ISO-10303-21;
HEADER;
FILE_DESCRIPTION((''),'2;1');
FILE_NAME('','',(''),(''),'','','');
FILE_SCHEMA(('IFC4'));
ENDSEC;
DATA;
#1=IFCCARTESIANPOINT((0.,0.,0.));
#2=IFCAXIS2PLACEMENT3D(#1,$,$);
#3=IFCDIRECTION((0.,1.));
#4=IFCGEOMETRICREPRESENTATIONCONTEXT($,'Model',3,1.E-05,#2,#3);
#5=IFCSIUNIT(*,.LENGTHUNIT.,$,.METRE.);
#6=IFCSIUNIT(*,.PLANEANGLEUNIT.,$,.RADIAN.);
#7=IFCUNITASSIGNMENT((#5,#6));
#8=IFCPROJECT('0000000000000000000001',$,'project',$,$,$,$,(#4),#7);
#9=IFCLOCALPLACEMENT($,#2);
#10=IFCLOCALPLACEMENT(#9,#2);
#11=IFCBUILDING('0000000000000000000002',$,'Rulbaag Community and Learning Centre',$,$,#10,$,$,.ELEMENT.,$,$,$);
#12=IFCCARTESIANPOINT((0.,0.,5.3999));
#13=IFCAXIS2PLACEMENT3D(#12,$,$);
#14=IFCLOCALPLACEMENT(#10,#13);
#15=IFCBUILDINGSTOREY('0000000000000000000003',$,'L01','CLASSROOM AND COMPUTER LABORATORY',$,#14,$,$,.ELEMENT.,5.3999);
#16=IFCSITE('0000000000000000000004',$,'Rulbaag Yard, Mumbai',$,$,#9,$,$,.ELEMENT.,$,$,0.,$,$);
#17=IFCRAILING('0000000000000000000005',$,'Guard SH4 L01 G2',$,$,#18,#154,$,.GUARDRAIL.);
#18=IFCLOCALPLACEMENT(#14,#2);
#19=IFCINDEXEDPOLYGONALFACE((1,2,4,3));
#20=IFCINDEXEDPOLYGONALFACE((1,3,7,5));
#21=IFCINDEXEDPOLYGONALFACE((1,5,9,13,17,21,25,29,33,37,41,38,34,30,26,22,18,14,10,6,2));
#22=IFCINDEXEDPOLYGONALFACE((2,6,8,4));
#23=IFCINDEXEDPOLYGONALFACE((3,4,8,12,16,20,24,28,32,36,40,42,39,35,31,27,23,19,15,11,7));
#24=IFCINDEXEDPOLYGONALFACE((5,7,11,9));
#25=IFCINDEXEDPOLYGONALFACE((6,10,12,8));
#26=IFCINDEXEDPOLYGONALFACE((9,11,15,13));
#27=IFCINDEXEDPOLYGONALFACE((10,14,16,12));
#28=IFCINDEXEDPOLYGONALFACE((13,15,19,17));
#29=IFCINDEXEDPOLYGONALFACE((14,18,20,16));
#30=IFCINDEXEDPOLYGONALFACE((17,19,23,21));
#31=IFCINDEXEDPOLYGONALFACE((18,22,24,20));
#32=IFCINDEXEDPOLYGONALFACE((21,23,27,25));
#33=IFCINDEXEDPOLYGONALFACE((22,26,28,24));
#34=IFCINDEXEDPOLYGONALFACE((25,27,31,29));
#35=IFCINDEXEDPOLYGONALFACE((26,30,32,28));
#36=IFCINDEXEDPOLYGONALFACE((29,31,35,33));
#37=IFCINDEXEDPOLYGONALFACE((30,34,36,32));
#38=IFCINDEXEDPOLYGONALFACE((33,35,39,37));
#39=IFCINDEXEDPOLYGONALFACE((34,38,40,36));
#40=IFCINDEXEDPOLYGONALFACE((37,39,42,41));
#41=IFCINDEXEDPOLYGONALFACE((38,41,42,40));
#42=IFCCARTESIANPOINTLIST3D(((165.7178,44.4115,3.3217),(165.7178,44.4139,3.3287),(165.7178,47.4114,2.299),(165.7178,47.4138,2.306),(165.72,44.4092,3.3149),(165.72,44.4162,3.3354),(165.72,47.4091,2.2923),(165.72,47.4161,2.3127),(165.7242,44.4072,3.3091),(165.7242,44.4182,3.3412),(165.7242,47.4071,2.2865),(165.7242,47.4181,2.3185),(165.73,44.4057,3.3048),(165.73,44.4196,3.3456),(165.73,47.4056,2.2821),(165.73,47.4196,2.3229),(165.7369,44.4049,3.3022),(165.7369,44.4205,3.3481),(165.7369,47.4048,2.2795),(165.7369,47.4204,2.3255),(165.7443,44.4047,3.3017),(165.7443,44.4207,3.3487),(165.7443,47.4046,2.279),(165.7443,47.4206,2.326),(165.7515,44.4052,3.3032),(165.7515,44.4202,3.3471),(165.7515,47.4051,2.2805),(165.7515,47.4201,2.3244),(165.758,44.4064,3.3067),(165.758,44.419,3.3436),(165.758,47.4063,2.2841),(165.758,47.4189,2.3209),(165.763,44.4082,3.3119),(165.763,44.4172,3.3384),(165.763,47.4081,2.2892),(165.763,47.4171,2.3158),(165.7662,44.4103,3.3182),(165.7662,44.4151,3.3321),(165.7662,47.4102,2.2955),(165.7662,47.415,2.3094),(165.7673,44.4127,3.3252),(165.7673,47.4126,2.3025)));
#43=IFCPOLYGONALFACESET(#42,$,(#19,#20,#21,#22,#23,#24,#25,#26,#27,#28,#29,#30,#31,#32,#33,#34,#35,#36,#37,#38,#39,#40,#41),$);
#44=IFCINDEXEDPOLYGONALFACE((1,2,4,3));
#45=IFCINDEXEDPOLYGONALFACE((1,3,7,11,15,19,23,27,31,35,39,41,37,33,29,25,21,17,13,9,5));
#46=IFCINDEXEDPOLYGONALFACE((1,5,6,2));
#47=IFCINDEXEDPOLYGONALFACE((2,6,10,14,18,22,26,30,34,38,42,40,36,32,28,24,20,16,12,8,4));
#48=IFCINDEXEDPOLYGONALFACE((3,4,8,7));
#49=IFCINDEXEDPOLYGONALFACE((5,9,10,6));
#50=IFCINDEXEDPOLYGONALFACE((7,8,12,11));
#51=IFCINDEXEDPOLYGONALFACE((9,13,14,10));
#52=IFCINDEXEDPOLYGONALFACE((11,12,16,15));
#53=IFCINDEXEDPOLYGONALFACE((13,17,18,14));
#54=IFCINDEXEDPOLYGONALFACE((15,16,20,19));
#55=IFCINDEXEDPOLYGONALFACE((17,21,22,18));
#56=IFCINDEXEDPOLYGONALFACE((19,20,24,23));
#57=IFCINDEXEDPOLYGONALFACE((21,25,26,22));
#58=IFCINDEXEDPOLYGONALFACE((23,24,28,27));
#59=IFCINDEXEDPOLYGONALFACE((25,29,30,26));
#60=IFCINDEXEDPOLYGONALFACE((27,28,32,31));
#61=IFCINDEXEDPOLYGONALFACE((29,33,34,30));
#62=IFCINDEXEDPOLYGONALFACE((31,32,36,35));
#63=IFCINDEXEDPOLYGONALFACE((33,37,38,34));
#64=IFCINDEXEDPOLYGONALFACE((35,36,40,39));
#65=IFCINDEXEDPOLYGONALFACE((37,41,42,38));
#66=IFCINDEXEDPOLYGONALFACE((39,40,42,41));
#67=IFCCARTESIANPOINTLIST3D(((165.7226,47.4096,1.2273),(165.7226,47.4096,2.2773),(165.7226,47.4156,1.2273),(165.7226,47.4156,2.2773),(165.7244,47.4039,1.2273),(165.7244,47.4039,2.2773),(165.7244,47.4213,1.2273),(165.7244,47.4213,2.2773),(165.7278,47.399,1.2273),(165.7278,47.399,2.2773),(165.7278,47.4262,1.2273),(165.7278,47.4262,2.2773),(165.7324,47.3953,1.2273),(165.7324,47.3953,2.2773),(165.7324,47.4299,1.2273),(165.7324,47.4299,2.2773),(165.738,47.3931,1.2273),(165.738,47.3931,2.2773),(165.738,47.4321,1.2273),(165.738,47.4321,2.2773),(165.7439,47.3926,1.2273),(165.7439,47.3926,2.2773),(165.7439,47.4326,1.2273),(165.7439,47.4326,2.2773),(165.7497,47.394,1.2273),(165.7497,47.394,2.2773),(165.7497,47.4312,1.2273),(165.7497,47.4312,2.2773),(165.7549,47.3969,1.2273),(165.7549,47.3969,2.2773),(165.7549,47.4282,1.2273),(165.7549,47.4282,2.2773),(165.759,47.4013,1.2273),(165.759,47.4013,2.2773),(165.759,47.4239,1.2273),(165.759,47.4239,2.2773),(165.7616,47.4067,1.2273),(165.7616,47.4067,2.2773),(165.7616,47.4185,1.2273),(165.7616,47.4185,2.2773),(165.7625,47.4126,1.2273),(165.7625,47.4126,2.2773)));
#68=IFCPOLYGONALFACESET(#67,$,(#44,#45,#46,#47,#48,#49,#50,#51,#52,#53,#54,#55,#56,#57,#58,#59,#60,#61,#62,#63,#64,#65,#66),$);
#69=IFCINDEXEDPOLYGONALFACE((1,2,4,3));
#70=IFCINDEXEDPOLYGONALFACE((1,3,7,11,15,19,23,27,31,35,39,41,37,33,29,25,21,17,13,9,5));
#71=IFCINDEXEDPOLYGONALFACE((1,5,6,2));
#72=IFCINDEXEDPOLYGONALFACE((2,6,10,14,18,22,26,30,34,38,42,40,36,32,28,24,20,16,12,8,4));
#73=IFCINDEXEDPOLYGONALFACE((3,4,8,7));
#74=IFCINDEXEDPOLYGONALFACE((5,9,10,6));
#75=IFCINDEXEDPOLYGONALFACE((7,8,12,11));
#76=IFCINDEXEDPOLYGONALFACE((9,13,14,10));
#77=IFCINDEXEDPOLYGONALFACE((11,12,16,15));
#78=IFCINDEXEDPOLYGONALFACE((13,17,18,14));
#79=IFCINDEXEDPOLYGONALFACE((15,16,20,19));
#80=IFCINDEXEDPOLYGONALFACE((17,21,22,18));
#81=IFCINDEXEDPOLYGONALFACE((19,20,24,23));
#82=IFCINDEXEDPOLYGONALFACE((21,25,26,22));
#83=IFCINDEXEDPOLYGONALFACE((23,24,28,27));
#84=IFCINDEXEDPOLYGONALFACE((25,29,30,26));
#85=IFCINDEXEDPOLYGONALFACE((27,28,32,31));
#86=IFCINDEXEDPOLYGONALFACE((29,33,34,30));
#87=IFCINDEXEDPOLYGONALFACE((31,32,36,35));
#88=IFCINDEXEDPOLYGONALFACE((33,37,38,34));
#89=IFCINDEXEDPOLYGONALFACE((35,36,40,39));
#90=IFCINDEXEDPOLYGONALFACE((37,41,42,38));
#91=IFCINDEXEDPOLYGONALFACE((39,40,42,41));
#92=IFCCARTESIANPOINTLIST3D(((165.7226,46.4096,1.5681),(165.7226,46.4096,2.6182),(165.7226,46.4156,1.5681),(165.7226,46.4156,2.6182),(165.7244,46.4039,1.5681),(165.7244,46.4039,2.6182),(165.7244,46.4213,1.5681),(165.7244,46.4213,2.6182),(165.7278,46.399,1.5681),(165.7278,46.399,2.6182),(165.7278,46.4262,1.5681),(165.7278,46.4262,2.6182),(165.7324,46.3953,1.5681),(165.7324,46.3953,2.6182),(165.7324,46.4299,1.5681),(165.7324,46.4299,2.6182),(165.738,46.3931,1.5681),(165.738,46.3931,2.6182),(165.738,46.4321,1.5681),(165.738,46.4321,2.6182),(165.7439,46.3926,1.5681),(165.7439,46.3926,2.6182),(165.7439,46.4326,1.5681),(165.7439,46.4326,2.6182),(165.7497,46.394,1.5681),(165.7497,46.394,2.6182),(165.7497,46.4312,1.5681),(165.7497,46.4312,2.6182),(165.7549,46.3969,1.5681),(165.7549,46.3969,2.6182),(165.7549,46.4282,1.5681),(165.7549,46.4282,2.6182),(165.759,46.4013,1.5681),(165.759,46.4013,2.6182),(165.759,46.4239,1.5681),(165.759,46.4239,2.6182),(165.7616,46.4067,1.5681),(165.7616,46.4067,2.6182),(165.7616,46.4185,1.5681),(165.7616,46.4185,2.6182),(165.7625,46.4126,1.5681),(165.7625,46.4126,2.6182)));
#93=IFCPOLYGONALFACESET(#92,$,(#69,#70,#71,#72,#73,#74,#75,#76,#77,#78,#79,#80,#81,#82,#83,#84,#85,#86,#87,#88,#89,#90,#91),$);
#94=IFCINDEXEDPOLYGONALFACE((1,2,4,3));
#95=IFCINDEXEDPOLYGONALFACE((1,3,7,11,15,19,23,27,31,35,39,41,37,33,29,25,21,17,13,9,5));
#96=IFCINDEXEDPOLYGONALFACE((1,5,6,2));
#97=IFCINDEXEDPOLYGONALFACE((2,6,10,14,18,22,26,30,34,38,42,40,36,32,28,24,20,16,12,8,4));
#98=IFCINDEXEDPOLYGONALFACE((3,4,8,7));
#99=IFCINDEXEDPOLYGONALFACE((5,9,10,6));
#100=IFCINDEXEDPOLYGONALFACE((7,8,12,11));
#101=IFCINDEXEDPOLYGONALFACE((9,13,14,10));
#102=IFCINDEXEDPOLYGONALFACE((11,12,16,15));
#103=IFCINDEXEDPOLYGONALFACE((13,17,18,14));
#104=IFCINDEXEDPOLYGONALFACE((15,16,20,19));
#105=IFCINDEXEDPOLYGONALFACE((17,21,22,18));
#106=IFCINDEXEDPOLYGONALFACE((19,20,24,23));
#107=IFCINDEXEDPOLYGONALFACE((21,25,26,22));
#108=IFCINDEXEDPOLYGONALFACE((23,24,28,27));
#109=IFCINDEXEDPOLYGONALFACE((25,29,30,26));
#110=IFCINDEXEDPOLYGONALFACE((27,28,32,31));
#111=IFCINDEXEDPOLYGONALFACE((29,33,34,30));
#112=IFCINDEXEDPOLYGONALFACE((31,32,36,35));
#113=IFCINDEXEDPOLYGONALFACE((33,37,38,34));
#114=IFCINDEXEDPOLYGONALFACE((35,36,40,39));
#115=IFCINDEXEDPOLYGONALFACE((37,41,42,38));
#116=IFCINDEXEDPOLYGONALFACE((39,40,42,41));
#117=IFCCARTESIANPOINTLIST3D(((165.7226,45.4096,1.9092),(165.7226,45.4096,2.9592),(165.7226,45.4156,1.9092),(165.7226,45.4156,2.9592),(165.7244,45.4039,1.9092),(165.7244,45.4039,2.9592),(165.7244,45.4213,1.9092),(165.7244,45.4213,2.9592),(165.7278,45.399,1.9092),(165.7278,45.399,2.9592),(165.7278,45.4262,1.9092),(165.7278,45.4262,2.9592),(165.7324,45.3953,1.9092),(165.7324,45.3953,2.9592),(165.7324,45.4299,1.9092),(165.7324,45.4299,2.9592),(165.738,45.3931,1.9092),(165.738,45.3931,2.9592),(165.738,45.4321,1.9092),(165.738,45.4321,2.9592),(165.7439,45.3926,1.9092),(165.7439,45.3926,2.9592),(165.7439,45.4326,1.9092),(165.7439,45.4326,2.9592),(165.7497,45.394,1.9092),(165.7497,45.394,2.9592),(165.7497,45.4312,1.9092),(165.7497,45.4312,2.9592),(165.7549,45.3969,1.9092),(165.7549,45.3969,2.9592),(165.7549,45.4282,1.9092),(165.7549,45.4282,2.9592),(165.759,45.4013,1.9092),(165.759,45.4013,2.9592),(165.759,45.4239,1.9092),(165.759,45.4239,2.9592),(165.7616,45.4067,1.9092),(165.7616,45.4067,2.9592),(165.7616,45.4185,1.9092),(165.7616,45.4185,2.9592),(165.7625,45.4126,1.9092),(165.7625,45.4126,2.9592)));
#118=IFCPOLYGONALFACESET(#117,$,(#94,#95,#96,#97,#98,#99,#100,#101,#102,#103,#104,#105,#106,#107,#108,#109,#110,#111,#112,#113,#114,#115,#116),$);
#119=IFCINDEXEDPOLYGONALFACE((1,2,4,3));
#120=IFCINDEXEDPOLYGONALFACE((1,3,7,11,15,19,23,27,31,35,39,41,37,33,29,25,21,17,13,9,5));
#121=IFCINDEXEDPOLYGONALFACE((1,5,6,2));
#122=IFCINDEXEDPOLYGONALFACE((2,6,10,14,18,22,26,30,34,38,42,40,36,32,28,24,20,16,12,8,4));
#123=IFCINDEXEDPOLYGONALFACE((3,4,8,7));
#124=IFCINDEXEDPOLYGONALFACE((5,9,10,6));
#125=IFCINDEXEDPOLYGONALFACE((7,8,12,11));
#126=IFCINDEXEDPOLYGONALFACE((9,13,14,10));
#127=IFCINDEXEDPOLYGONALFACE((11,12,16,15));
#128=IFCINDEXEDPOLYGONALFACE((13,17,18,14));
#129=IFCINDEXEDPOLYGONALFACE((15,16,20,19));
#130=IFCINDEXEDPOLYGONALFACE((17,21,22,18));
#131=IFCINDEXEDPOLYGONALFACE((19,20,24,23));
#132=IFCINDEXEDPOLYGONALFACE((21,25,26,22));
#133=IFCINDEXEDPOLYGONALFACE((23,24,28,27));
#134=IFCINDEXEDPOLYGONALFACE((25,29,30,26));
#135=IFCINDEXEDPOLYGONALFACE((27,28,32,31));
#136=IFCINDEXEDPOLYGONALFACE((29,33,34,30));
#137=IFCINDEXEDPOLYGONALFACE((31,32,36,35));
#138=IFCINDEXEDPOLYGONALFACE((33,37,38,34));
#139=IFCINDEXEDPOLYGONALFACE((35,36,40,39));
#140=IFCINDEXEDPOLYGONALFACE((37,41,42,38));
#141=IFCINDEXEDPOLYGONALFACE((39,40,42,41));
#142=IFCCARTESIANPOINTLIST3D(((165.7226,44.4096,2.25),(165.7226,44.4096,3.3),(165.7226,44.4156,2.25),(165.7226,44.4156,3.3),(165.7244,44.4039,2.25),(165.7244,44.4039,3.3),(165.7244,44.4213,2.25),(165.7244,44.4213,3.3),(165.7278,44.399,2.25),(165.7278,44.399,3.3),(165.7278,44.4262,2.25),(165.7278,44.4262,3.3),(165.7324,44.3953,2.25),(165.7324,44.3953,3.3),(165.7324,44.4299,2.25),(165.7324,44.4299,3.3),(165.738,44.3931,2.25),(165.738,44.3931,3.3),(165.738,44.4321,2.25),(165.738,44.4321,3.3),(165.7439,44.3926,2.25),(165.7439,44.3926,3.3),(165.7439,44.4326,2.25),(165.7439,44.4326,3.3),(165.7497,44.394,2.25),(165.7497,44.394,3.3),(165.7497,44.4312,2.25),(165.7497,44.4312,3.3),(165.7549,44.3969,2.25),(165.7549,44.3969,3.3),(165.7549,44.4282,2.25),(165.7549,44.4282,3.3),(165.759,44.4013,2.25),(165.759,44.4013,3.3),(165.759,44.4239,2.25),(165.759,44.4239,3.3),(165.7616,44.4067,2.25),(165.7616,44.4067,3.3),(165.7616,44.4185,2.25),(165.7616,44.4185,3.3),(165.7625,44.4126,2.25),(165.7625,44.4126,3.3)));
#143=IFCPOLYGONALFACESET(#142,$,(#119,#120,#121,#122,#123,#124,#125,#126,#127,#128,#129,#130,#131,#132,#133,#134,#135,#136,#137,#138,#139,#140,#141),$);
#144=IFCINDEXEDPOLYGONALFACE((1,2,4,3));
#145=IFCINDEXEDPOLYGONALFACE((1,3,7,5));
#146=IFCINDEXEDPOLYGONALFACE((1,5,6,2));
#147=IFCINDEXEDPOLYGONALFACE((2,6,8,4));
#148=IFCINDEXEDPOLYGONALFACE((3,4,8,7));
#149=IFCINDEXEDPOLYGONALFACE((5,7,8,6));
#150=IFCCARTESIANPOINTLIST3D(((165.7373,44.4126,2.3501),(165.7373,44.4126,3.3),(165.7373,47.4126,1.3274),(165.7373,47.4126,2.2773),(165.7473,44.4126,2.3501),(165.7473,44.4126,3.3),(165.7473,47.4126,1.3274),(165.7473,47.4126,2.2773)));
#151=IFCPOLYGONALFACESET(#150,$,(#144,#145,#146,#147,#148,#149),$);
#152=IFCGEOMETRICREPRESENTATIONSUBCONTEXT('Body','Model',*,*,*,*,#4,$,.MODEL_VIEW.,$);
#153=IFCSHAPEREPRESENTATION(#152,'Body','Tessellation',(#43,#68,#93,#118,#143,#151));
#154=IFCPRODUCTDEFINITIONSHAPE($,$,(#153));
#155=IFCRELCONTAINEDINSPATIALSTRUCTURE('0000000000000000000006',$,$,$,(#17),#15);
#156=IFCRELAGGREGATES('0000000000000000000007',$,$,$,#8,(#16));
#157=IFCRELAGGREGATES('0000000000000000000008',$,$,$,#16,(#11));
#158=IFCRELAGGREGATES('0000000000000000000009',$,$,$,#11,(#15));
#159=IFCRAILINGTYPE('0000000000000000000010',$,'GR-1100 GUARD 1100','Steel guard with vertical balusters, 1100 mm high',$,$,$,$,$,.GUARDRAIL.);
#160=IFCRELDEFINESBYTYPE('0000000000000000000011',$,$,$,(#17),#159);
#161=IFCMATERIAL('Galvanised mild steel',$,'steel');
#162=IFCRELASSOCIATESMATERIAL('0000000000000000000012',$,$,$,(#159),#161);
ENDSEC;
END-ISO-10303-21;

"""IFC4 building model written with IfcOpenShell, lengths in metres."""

from ifc_helpers import new_model, si_unit, direction, frame, origin, origin_2d, place, context, subcontext, project, spatial, polyline, circle, outline, extrude, material, type_object, element, save


model = new_model("IFC4")

# Units and contexts
model_context = context("Model", 3, precision=1e-05, world=origin(), true_north=direction((0.0, 1.0)))
body_context = subcontext(model_context, "Body", "Model", "MODEL_VIEW")
ifc_project = project(units=[si_unit("LENGTHUNIT", "METRE"), si_unit("PLANEANGLEUNIT", "RADIAN")], contexts=[model_context])

# Site, building, storey
site_placement = place(None, origin())
site = spatial("IfcSite", under=ifc_project, at=site_placement, Name="Rulbaag Yard, Mumbai", CompositionType="ELEMENT", RefElevation=0.0)
building_placement = place(site_placement, origin())
building = spatial("IfcBuilding", under=site, at=building_placement, Name="Rulbaag Community and Learning Centre", CompositionType="ELEMENT")
storey_placement = place(building_placement, frame((0.0, 0.0, 5.3999)))
storey = spatial("IfcBuildingStorey", under=building, at=storey_placement, Name="L01", Description="CLASSROOM AND COMPUTER LABORATORY", CompositionType="ELEMENT", Elevation=5.3999)

# Railing
ifc_material_1 = material(Name="Galvanised mild steel", Category="steel")
railing_type_1 = type_object("IfcRailingType", Name="GR-1100 GUARD 1100", Description="Steel guard with vertical balusters, 1100 mm high", PredefinedType="GUARDRAIL", material=ifc_material_1)
railing_1_placement = place(storey_placement, frame((165.7424, 47.4126, 1.2273)))
element("IfcRailing", 1, at=railing_1_placement, inside=storey, type_object=railing_type_1, Name="Guard SH4 L01 G2", PredefinedType="GUARDRAIL", context=body_context, shape_type="SweptSolid", body=[
    extrude(circle(Radius=0.0249, at=origin_2d()), frame((0.0, 0.0, 1.0752), z_axis=(0.0, -0.946512, 0.322668), x_axis=(1.0, 0.0, 0.0)), (0.0, 0.0, 1.0), 3.1694),
    extrude(circle(Radius=0.02, at=origin_2d()), origin(), (0.0, 0.0, 1.0), 1.05),
    extrude(circle(Radius=0.02, at=origin_2d()), frame((0.0, -1.0, 0.3408)), (0.0, 0.0, 1.0), 1.05),
    extrude(circle(Radius=0.02, at=origin_2d()), frame((0.0, -2.0, 0.6819)), (0.0, 0.0, 1.0), 1.05),
    extrude(circle(Radius=0.02, at=origin_2d()), frame((0.0, -3.0, 1.0227)), (0.0, 0.0, 1.0), 1.05),
    extrude(outline(polyline([(0.0, 0.0), (3.0, 1.0227), (3.0, 1.9727), (0.0, 0.95), (0.0, 0.0)])), frame((0.0049, 0.0, 0.1001), z_axis=(-1.0, 0.0, 0.0), x_axis=(0.0, -1.0, 0.0)), (0.0, 0.0, 1.0), 0.01),
])

save(model, "model.ifc")
